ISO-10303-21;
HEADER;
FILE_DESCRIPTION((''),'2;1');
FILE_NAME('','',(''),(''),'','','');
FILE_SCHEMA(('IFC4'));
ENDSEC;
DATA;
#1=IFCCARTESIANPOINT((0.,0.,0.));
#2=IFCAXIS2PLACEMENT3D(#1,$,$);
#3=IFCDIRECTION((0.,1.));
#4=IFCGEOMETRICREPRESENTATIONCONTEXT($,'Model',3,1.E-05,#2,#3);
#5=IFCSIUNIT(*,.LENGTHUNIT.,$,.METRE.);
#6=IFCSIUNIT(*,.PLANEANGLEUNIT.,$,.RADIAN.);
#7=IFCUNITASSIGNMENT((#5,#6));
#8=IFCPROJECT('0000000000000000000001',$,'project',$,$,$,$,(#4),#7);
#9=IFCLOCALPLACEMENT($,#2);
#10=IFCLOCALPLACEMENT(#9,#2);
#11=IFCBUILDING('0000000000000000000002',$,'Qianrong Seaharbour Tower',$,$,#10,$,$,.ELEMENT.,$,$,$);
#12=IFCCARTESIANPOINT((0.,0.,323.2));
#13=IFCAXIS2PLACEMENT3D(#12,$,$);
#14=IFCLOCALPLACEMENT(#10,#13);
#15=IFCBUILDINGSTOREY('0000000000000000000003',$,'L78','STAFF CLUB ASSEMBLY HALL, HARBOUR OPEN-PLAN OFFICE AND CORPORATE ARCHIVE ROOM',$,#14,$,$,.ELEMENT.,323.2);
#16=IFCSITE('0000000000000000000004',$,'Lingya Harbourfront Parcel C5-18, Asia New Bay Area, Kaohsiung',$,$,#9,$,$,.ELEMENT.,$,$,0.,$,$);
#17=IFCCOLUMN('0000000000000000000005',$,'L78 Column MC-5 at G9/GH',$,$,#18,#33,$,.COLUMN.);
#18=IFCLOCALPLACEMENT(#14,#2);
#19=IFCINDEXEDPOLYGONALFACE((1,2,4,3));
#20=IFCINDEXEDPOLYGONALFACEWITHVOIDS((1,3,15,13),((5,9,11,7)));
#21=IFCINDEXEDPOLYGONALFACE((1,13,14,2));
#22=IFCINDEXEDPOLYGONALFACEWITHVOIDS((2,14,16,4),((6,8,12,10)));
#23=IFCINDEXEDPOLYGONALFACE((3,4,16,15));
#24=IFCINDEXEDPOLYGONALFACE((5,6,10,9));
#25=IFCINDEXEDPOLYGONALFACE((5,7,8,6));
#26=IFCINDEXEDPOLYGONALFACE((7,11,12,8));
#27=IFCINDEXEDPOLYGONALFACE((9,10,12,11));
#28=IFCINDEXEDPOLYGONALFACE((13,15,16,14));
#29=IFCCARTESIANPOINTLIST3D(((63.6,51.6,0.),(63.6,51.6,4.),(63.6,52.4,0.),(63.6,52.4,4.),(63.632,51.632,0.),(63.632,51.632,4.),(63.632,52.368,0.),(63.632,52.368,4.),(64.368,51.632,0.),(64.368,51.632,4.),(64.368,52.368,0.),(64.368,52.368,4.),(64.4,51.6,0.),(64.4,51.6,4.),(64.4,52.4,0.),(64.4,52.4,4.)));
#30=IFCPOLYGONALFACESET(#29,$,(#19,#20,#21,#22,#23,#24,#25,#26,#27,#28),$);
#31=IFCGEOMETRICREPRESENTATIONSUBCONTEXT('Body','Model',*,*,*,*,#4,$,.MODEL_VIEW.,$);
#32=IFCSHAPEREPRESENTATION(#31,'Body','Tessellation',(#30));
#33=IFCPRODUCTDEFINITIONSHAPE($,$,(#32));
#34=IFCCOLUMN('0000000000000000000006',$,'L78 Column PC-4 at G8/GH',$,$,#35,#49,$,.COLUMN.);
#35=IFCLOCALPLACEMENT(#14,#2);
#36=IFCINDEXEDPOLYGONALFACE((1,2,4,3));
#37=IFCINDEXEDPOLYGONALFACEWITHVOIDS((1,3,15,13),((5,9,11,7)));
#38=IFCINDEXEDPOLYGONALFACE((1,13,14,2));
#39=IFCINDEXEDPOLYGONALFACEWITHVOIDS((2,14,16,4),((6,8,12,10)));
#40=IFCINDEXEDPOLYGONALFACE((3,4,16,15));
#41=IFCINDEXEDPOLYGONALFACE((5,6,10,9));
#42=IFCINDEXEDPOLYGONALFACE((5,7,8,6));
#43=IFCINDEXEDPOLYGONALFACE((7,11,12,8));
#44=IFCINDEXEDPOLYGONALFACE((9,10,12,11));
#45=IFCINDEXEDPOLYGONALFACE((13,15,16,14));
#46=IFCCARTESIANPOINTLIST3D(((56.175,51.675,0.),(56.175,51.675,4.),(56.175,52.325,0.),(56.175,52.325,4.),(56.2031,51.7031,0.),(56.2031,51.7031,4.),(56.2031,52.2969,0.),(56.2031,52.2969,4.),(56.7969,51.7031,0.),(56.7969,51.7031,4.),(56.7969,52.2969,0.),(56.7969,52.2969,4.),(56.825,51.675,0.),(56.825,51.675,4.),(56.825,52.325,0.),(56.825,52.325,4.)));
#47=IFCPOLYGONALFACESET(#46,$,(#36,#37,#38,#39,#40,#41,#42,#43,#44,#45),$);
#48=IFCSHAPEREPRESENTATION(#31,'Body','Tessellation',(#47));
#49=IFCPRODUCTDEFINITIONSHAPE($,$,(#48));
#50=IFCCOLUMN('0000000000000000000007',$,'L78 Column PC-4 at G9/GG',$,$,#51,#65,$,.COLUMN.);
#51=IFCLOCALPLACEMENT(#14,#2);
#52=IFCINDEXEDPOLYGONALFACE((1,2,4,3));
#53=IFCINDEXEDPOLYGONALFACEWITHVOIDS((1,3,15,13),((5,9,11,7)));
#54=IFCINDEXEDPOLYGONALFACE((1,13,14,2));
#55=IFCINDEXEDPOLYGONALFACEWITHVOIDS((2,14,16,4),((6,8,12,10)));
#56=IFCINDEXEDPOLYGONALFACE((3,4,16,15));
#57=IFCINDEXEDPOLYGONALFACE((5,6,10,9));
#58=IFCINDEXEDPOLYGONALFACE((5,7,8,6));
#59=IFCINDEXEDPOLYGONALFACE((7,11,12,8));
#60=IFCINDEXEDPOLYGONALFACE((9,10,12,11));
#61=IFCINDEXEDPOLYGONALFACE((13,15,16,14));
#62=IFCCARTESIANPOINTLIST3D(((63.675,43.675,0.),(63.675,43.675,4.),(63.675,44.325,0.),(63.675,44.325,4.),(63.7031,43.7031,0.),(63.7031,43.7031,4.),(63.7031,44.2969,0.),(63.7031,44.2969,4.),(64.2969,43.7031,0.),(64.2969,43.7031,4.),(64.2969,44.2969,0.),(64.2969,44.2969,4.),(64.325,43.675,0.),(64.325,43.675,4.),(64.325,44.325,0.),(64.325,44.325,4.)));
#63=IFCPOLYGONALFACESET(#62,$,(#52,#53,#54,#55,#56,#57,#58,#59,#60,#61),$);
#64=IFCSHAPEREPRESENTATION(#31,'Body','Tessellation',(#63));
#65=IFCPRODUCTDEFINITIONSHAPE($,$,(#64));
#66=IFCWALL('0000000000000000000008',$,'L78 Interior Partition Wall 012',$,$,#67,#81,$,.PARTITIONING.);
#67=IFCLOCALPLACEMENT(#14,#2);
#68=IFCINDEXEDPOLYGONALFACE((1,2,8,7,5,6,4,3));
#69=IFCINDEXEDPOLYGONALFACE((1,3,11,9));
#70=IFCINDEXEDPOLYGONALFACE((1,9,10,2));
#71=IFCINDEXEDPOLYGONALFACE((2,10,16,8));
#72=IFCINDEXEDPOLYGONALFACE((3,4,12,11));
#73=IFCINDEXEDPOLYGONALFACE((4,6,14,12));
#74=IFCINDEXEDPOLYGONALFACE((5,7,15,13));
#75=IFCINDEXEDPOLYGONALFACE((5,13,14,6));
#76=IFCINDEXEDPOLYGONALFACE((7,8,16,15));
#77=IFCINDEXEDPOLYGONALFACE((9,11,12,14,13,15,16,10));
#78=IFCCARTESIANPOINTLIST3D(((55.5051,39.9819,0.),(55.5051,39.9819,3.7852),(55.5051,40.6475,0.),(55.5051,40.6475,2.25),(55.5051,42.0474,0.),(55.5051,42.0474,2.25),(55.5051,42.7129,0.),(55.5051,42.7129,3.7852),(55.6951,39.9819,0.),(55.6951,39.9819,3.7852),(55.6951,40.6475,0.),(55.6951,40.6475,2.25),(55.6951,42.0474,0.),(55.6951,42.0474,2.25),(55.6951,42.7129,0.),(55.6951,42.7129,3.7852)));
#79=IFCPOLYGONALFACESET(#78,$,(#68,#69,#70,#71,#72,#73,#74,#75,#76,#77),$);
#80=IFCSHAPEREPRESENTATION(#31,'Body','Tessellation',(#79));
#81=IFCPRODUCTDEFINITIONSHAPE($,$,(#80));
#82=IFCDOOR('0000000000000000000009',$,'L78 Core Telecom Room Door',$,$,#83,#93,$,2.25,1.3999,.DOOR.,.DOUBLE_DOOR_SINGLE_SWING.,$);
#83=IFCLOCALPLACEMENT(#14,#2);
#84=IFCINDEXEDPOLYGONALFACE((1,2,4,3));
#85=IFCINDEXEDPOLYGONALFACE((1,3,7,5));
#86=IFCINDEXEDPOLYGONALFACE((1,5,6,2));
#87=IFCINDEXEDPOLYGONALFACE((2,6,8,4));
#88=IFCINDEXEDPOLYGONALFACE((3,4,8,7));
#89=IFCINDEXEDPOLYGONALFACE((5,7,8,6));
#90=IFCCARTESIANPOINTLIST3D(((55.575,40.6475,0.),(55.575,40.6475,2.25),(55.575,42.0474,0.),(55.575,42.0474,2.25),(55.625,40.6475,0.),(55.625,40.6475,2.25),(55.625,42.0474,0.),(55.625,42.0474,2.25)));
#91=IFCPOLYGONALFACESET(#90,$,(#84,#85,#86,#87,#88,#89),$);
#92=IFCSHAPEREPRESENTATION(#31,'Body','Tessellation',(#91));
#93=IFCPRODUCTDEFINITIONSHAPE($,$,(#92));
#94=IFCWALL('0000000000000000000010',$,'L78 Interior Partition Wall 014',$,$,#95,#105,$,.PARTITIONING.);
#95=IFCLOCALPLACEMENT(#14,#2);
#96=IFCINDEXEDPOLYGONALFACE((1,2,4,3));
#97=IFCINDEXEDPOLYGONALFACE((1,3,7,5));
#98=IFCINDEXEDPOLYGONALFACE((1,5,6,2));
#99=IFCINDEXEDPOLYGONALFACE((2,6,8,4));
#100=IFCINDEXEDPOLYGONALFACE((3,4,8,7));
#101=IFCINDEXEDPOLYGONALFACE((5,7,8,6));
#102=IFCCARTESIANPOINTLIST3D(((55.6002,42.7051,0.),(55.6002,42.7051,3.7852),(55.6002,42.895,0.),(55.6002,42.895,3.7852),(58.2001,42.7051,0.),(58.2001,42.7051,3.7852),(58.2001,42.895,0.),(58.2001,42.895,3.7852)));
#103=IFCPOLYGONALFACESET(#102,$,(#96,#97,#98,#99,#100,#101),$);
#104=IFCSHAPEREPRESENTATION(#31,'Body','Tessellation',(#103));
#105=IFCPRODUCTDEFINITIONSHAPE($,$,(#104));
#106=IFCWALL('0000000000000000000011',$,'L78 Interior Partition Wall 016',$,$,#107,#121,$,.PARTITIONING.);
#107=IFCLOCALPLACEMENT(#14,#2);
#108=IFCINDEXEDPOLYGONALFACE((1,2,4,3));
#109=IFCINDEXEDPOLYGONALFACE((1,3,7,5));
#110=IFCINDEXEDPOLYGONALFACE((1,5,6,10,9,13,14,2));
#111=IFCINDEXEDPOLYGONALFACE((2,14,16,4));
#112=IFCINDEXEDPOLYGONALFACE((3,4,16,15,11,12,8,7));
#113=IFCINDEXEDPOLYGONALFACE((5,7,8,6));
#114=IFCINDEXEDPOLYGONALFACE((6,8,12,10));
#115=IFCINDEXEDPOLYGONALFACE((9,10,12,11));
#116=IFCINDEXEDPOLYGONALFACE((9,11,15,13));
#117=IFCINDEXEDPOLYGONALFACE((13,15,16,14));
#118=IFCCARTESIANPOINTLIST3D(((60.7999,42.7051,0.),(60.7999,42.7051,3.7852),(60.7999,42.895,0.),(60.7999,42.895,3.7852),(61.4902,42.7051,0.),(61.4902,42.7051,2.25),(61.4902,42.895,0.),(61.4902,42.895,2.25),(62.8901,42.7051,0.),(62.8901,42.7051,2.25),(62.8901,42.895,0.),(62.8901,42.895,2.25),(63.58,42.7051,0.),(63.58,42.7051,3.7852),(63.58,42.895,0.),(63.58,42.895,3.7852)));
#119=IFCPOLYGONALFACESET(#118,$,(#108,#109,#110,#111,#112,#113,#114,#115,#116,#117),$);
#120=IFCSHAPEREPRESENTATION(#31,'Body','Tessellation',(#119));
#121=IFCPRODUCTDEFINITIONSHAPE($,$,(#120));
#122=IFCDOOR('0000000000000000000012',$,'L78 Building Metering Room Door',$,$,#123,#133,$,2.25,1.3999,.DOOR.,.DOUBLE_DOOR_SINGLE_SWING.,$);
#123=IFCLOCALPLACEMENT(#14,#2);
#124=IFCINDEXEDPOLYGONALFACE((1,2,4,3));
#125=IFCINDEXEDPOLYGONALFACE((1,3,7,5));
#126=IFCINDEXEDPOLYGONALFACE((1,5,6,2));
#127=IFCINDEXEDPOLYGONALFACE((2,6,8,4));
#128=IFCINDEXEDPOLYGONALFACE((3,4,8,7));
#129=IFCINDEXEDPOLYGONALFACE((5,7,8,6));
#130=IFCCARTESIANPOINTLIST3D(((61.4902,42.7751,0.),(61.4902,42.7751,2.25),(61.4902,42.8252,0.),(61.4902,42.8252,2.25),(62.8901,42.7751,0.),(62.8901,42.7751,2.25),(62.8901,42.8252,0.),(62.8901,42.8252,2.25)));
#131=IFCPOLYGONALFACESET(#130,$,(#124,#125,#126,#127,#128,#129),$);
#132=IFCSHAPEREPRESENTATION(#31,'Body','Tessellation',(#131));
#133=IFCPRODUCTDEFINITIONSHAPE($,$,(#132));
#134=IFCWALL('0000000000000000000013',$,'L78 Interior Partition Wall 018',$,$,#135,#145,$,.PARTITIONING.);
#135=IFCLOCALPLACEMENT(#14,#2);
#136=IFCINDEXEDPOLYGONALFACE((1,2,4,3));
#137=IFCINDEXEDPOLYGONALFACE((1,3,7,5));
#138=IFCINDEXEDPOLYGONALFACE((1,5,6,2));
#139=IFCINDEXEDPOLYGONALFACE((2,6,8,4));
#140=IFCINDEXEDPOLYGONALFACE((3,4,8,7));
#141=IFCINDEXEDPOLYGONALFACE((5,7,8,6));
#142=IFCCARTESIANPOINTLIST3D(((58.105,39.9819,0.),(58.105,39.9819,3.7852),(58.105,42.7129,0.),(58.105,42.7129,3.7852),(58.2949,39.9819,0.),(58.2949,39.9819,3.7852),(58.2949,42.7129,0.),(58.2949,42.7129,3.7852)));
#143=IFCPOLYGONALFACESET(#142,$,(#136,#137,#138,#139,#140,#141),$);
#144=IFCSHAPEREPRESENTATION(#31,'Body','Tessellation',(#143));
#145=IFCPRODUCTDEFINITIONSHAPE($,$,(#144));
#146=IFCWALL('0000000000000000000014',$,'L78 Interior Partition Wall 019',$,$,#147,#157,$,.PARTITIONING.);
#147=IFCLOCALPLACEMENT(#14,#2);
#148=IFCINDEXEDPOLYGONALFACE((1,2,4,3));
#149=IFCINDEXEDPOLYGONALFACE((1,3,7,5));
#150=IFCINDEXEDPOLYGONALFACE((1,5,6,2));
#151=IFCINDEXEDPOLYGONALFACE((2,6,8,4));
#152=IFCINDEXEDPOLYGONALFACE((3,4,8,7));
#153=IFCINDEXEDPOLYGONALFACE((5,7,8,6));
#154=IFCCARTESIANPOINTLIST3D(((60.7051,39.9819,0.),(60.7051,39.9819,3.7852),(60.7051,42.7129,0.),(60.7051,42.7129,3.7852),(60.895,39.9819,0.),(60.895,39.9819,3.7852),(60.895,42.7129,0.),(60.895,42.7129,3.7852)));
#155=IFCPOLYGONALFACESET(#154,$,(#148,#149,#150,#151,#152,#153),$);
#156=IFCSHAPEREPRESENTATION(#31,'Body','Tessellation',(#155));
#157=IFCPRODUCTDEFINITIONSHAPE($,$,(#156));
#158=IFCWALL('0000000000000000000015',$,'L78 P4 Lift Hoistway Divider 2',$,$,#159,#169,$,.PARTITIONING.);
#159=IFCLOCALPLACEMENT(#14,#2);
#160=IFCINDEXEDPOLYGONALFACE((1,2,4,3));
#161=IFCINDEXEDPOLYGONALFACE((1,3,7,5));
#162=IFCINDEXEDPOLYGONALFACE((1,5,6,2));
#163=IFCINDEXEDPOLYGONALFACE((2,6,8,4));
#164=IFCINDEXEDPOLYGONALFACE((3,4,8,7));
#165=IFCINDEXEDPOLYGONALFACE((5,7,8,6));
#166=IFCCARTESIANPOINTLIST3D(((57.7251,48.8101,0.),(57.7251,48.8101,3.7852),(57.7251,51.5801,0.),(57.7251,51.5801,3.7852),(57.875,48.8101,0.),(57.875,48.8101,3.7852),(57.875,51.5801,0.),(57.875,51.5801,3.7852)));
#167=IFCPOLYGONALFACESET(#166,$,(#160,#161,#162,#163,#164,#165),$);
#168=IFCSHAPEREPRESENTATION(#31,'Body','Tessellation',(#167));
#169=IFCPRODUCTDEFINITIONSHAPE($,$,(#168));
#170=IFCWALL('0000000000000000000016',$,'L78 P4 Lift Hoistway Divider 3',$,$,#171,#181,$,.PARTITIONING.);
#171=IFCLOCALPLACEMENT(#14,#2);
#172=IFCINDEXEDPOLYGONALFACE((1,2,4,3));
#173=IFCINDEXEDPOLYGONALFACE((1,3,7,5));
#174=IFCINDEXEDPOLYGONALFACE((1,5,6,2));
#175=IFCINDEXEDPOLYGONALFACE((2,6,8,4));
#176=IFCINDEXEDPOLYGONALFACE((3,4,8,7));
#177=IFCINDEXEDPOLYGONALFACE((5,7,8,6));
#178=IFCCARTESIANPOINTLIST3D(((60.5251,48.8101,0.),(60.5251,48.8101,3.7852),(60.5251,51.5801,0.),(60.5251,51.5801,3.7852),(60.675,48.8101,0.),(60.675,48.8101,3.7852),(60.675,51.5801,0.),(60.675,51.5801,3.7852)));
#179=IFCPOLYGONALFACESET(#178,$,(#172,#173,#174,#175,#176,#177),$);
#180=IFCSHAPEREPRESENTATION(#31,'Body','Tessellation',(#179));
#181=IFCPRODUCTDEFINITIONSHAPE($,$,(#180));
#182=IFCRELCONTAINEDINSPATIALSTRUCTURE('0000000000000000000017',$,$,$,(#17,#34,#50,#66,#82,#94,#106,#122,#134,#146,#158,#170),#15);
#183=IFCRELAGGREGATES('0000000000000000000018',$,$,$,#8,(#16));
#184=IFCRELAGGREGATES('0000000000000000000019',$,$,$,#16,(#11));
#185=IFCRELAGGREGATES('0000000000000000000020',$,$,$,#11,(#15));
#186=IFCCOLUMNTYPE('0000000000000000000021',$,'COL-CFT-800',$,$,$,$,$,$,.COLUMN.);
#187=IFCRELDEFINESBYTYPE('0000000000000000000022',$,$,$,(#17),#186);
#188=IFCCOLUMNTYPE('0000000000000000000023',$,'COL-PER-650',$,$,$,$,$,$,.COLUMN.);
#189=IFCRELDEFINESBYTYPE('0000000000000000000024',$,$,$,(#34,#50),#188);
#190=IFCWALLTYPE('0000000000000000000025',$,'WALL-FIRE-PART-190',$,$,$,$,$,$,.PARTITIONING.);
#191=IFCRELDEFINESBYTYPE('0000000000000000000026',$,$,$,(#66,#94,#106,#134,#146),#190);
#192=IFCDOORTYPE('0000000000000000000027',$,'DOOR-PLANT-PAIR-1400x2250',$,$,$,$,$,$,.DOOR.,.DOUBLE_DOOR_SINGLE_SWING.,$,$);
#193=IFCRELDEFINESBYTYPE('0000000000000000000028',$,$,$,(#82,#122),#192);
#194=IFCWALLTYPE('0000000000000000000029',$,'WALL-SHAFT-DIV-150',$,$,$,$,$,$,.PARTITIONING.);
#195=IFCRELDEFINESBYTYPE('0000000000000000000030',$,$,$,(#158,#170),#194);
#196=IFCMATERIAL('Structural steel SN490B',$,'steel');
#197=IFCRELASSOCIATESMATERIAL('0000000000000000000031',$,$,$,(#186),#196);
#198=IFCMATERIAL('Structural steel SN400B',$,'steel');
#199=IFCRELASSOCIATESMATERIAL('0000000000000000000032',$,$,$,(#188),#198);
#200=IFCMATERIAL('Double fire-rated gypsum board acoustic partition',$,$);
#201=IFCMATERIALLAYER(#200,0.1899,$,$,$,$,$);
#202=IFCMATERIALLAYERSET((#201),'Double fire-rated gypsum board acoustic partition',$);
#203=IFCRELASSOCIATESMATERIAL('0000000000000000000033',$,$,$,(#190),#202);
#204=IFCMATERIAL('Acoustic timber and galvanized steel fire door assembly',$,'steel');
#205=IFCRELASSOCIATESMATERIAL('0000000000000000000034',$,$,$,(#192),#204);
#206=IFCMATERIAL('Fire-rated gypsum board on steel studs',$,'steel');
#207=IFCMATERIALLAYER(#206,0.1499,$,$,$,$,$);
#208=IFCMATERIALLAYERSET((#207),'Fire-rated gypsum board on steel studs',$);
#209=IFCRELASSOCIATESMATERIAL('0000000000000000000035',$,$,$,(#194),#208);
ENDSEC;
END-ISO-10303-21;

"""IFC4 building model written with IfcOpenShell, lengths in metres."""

from ifc_helpers import new_model, si_unit, direction, frame, frame_2d, origin, origin_2d, place, context, subcontext, project, spatial, rectangle, hollow_rectangle, extrude, material, layer, layer_set, material_profile, profile_set, type_object, element, fill, save


model = new_model("IFC4")

# Units and contexts
model_context = context("Model", 3, precision=1e-05, world=origin(), true_north=direction((0.0, 1.0)))
body_context = subcontext(model_context, "Body", "Model", "MODEL_VIEW")
ifc_project = project(units=[si_unit("LENGTHUNIT", "METRE"), si_unit("PLANEANGLEUNIT", "RADIAN")], contexts=[model_context])

# Site, building, storey
site_placement = place(None, origin())
site = spatial("IfcSite", under=ifc_project, at=site_placement, Name="Lingya Harbourfront Parcel C5-18, Asia New Bay Area, Kaohsiung", CompositionType="ELEMENT", RefElevation=0.0)
building_placement = place(site_placement, origin())
building = spatial("IfcBuilding", under=site, at=building_placement, Name="Qianrong Seaharbour Tower", CompositionType="ELEMENT")
storey_placement = place(building_placement, frame((0.0, 0.0, 323.2)))
storey = spatial("IfcBuildingStorey", under=building, at=storey_placement, Name="L78", Description="STAFF CLUB ASSEMBLY HALL, HARBOUR OPEN-PLAN OFFICE AND CORPORATE ARCHIVE ROOM", CompositionType="ELEMENT", Elevation=323.2)

# Columns
ifc_material_1 = material(Name="Structural steel SN490B", Category="steel")
ifc_material_profile_1 = material_profile(ifc_material_1, hollow_rectangle(XDim=0.8, YDim=0.8, WallThickness=0.032, at=origin_2d()), Name="BOX800x800x32")
ifc_profile_set_1 = profile_set([ifc_material_profile_1], Name="Structural steel SN490B")
column_type_1 = type_object("IfcColumnType", Name="COL-CFT-800", PredefinedType="COLUMN", material=ifc_profile_set_1)
column_placement = place(storey_placement, frame((64.0, 52.0, 0.0), z_axis=(0.0, 0.0, 1.0), x_axis=(1.0, 0.0, 0.0)))
element("IfcColumn", 1, at=column_placement, inside=storey, type_object=column_type_1, Name="L78 Column MC-5 at G9/GH", PredefinedType="COLUMN", context=body_context, shape_type="SweptSolid", body=[
    extrude(hollow_rectangle(XDim=0.8, YDim=0.8, WallThickness=0.032, at=origin_2d()), origin(), (0.0, 0.0, 1.0), 4.0),
])
ifc_material_2 = material(Name="Structural steel SN400B", Category="steel")
ifc_material_profile_2 = material_profile(ifc_material_2, hollow_rectangle(XDim=0.6499, YDim=0.6499, WallThickness=0.0281, at=origin_2d()), Name="BOX650x650x28")
ifc_profile_set_2 = profile_set([ifc_material_profile_2], Name="Structural steel SN400B")
column_type_2 = type_object("IfcColumnType", Name="COL-PER-650", PredefinedType="COLUMN", material=ifc_profile_set_2)
for number, where, z_axis, x_axis, name in (
    (2, (56.5, 52.0, 0.0), (0.0, 0.0, 1.0), (1.0, 0.0, 0.0), "L78 Column PC-4 at G8/GH"),
    (3, (64.0, 44.0, 0.0), (0.0, 0.0, 1.0), (1.0, 0.0, 0.0), "L78 Column PC-4 at G9/GG"),
):
    element("IfcColumn", number, at=place(storey_placement, frame(where, z_axis=z_axis, x_axis=x_axis)), inside=storey, type_object=column_type_2, Name=name, PredefinedType="COLUMN", context=body_context, shape_type="SweptSolid", body=[
        extrude(hollow_rectangle(XDim=0.6499, YDim=0.6499, WallThickness=0.0281, at=origin_2d()), origin(), (0.0, 0.0, 1.0), 4.0),
    ])

# Wall, opening, door
ifc_material_3 = material(Name="Acoustic timber and galvanized steel fire door assembly", Category="steel")
ifc_material_4 = material(Name="Double fire-rated gypsum board acoustic partition")
ifc_layer_1 = layer(ifc_material_4, 0.1899)
ifc_layer_set_1 = layer_set([ifc_layer_1], Name="Double fire-rated gypsum board acoustic partition")
wall_type_1 = type_object("IfcWallType", Name="WALL-FIRE-PART-190", PredefinedType="PARTITIONING", material=ifc_layer_set_1)
wall_1_placement = place(storey_placement, frame((55.6001, 42.7129, 0.0), z_axis=(0.0, 0.0, 1.0), x_axis=(0.0, -1.0, 0.0)))
wall_1 = element("IfcWall", 4, at=wall_1_placement, inside=storey, type_object=wall_type_1, Name="L78 Interior Partition Wall 012", PredefinedType="PARTITIONING", context=body_context, shape_type="SweptSolid", body=[
    extrude(rectangle(XDim=2.731, YDim=0.1899, at=frame_2d((1.3655, 0.0))), origin(), (0.0, 0.0, 1.0), 3.7852),
])
opening_1_placement = place(wall_1_placement, frame((0.6655, 0.0, 0.0)))
opening_1 = element("IfcOpeningElement", 5, at=opening_1_placement, cuts=wall_1, PredefinedType="OPENING", context=body_context, shape_type="SweptSolid", body=[
    extrude(rectangle(XDim=1.3999, YDim=2.25, at=frame_2d((0.7, 1.125))), frame((0.0, 0.105, 0.0), z_axis=(0.0, -1.0, 0.0), x_axis=(1.0, 0.0, 0.0)), (0.0, 0.0, 1.0), 0.21),
])
door_type_1 = type_object("IfcDoorType", Name="DOOR-PLANT-PAIR-1400x2250", OperationType="DOUBLE_DOOR_SINGLE_SWING", PredefinedType="DOOR", material=ifc_material_3)
door_1_placement = place(opening_1_placement, origin())
door_1 = element("IfcDoor", 6, at=door_1_placement, inside=storey, type_object=door_type_1, Name="L78 Core Telecom Room Door", OperationType="DOUBLE_DOOR_SINGLE_SWING", OverallHeight=2.25, OverallWidth=1.3999, PredefinedType="DOOR", context=body_context, shape_type="SweptSolid", body=[
    extrude(rectangle(XDim=1.3999, YDim=2.25, at=frame_2d((0.7, 1.125))), frame((0.0, 0.0249, 0.0), z_axis=(0.0, -1.0, 0.0), x_axis=(1.0, 0.0, 0.0)), (0.0, 0.0, 1.0), 0.05),
])
fill(opening_1, door_1)

# Wall
wall_2_placement = place(storey_placement, frame((58.2, 42.8, 0.0), z_axis=(0.0, 0.0, 1.0), x_axis=(-1.0, 0.0, 0.0)))
element("IfcWall", 7, at=wall_2_placement, inside=storey, type_object=wall_type_1, Name="L78 Interior Partition Wall 014", PredefinedType="PARTITIONING", context=body_context, shape_type="SweptSolid", body=[
    extrude(rectangle(XDim=2.5999, YDim=0.1899, at=frame_2d((1.2998, 0.0))), origin(), (0.0, 0.0, 1.0), 3.7852),
])

# Wall, opening, door
wall_3_placement = place(storey_placement, frame((63.5801, 42.8, 0.0), z_axis=(0.0, 0.0, 1.0), x_axis=(-1.0, 0.0, 0.0)))
wall_3 = element("IfcWall", 8, at=wall_3_placement, inside=storey, type_object=wall_type_1, Name="L78 Interior Partition Wall 016", PredefinedType="PARTITIONING", context=body_context, shape_type="SweptSolid", body=[
    extrude(rectangle(XDim=2.78, YDim=0.1899, at=frame_2d((1.3901, 0.0))), origin(), (0.0, 0.0, 1.0), 3.7852),
])
opening_2_placement = place(wall_3_placement, frame((0.6899, 0.0, 0.0)))
opening_2 = element("IfcOpeningElement", 9, at=opening_2_placement, cuts=wall_3, PredefinedType="OPENING", context=body_context, shape_type="SweptSolid", body=[
    extrude(rectangle(XDim=1.3999, YDim=2.25, at=frame_2d((0.7, 1.125))), frame((0.0, 0.105, 0.0), z_axis=(0.0, -1.0, 0.0), x_axis=(1.0, 0.0, 0.0)), (0.0, 0.0, 1.0), 0.21),
])
door_2_placement = place(opening_2_placement, origin())
door_2 = element("IfcDoor", 10, at=door_2_placement, inside=storey, type_object=door_type_1, Name="L78 Building Metering Room Door", OperationType="DOUBLE_DOOR_SINGLE_SWING", OverallHeight=2.25, OverallWidth=1.3999, PredefinedType="DOOR", context=body_context, shape_type="SweptSolid", body=[
    extrude(rectangle(XDim=1.3999, YDim=2.25, at=frame_2d((0.7, 1.125))), frame((0.0, 0.0249, 0.0), z_axis=(0.0, -1.0, 0.0), x_axis=(1.0, 0.0, 0.0)), (0.0, 0.0, 1.0), 0.05),
])
fill(opening_2, door_2)

# Walls
for number, where, z_axis, x_axis, name in (
    (11, (58.2, 42.7129, 0.0), (0.0, 0.0, 1.0), (0.0, -1.0, 0.0), "L78 Interior Partition Wall 018"),
    (12, (60.8, 42.7129, 0.0), (0.0, 0.0, 1.0), (0.0, -1.0, 0.0), "L78 Interior Partition Wall 019"),
):
    element("IfcWall", number, at=place(storey_placement, frame(where, z_axis=z_axis, x_axis=x_axis)), inside=storey, type_object=wall_type_1, Name=name, PredefinedType="PARTITIONING", context=body_context, shape_type="SweptSolid", body=[
        extrude(rectangle(XDim=2.731, YDim=0.1899, at=frame_2d((1.3655, 0.0))), origin(), (0.0, 0.0, 1.0), 3.7852),
    ])
ifc_material_5 = material(Name="Fire-rated gypsum board on steel studs", Category="steel")
ifc_layer_2 = layer(ifc_material_5, 0.1499)
ifc_layer_set_2 = layer_set([ifc_layer_2], Name="Fire-rated gypsum board on steel studs")
wall_type_2 = type_object("IfcWallType", Name="WALL-SHAFT-DIV-150", PredefinedType="PARTITIONING", material=ifc_layer_set_2)
for number, where, z_axis, x_axis, name in (
    (13, (57.8, 48.8101, 0.0), (0.0, 0.0, 1.0), (0.0, 1.0, 0.0), "L78 P4 Lift Hoistway Divider 2"),
    (14, (60.6001, 48.8101, 0.0), (0.0, 0.0, 1.0), (0.0, 1.0, 0.0), "L78 P4 Lift Hoistway Divider 3"),
):
    element("IfcWall", number, at=place(storey_placement, frame(where, z_axis=z_axis, x_axis=x_axis)), inside=storey, type_object=wall_type_2, Name=name, PredefinedType="PARTITIONING", context=body_context, shape_type="SweptSolid", body=[
        extrude(rectangle(XDim=2.77, YDim=0.1499, at=frame_2d((1.385, 0.0))), origin(), (0.0, 0.0, 1.0), 3.7852),
    ])

save(model, "model.ifc")
